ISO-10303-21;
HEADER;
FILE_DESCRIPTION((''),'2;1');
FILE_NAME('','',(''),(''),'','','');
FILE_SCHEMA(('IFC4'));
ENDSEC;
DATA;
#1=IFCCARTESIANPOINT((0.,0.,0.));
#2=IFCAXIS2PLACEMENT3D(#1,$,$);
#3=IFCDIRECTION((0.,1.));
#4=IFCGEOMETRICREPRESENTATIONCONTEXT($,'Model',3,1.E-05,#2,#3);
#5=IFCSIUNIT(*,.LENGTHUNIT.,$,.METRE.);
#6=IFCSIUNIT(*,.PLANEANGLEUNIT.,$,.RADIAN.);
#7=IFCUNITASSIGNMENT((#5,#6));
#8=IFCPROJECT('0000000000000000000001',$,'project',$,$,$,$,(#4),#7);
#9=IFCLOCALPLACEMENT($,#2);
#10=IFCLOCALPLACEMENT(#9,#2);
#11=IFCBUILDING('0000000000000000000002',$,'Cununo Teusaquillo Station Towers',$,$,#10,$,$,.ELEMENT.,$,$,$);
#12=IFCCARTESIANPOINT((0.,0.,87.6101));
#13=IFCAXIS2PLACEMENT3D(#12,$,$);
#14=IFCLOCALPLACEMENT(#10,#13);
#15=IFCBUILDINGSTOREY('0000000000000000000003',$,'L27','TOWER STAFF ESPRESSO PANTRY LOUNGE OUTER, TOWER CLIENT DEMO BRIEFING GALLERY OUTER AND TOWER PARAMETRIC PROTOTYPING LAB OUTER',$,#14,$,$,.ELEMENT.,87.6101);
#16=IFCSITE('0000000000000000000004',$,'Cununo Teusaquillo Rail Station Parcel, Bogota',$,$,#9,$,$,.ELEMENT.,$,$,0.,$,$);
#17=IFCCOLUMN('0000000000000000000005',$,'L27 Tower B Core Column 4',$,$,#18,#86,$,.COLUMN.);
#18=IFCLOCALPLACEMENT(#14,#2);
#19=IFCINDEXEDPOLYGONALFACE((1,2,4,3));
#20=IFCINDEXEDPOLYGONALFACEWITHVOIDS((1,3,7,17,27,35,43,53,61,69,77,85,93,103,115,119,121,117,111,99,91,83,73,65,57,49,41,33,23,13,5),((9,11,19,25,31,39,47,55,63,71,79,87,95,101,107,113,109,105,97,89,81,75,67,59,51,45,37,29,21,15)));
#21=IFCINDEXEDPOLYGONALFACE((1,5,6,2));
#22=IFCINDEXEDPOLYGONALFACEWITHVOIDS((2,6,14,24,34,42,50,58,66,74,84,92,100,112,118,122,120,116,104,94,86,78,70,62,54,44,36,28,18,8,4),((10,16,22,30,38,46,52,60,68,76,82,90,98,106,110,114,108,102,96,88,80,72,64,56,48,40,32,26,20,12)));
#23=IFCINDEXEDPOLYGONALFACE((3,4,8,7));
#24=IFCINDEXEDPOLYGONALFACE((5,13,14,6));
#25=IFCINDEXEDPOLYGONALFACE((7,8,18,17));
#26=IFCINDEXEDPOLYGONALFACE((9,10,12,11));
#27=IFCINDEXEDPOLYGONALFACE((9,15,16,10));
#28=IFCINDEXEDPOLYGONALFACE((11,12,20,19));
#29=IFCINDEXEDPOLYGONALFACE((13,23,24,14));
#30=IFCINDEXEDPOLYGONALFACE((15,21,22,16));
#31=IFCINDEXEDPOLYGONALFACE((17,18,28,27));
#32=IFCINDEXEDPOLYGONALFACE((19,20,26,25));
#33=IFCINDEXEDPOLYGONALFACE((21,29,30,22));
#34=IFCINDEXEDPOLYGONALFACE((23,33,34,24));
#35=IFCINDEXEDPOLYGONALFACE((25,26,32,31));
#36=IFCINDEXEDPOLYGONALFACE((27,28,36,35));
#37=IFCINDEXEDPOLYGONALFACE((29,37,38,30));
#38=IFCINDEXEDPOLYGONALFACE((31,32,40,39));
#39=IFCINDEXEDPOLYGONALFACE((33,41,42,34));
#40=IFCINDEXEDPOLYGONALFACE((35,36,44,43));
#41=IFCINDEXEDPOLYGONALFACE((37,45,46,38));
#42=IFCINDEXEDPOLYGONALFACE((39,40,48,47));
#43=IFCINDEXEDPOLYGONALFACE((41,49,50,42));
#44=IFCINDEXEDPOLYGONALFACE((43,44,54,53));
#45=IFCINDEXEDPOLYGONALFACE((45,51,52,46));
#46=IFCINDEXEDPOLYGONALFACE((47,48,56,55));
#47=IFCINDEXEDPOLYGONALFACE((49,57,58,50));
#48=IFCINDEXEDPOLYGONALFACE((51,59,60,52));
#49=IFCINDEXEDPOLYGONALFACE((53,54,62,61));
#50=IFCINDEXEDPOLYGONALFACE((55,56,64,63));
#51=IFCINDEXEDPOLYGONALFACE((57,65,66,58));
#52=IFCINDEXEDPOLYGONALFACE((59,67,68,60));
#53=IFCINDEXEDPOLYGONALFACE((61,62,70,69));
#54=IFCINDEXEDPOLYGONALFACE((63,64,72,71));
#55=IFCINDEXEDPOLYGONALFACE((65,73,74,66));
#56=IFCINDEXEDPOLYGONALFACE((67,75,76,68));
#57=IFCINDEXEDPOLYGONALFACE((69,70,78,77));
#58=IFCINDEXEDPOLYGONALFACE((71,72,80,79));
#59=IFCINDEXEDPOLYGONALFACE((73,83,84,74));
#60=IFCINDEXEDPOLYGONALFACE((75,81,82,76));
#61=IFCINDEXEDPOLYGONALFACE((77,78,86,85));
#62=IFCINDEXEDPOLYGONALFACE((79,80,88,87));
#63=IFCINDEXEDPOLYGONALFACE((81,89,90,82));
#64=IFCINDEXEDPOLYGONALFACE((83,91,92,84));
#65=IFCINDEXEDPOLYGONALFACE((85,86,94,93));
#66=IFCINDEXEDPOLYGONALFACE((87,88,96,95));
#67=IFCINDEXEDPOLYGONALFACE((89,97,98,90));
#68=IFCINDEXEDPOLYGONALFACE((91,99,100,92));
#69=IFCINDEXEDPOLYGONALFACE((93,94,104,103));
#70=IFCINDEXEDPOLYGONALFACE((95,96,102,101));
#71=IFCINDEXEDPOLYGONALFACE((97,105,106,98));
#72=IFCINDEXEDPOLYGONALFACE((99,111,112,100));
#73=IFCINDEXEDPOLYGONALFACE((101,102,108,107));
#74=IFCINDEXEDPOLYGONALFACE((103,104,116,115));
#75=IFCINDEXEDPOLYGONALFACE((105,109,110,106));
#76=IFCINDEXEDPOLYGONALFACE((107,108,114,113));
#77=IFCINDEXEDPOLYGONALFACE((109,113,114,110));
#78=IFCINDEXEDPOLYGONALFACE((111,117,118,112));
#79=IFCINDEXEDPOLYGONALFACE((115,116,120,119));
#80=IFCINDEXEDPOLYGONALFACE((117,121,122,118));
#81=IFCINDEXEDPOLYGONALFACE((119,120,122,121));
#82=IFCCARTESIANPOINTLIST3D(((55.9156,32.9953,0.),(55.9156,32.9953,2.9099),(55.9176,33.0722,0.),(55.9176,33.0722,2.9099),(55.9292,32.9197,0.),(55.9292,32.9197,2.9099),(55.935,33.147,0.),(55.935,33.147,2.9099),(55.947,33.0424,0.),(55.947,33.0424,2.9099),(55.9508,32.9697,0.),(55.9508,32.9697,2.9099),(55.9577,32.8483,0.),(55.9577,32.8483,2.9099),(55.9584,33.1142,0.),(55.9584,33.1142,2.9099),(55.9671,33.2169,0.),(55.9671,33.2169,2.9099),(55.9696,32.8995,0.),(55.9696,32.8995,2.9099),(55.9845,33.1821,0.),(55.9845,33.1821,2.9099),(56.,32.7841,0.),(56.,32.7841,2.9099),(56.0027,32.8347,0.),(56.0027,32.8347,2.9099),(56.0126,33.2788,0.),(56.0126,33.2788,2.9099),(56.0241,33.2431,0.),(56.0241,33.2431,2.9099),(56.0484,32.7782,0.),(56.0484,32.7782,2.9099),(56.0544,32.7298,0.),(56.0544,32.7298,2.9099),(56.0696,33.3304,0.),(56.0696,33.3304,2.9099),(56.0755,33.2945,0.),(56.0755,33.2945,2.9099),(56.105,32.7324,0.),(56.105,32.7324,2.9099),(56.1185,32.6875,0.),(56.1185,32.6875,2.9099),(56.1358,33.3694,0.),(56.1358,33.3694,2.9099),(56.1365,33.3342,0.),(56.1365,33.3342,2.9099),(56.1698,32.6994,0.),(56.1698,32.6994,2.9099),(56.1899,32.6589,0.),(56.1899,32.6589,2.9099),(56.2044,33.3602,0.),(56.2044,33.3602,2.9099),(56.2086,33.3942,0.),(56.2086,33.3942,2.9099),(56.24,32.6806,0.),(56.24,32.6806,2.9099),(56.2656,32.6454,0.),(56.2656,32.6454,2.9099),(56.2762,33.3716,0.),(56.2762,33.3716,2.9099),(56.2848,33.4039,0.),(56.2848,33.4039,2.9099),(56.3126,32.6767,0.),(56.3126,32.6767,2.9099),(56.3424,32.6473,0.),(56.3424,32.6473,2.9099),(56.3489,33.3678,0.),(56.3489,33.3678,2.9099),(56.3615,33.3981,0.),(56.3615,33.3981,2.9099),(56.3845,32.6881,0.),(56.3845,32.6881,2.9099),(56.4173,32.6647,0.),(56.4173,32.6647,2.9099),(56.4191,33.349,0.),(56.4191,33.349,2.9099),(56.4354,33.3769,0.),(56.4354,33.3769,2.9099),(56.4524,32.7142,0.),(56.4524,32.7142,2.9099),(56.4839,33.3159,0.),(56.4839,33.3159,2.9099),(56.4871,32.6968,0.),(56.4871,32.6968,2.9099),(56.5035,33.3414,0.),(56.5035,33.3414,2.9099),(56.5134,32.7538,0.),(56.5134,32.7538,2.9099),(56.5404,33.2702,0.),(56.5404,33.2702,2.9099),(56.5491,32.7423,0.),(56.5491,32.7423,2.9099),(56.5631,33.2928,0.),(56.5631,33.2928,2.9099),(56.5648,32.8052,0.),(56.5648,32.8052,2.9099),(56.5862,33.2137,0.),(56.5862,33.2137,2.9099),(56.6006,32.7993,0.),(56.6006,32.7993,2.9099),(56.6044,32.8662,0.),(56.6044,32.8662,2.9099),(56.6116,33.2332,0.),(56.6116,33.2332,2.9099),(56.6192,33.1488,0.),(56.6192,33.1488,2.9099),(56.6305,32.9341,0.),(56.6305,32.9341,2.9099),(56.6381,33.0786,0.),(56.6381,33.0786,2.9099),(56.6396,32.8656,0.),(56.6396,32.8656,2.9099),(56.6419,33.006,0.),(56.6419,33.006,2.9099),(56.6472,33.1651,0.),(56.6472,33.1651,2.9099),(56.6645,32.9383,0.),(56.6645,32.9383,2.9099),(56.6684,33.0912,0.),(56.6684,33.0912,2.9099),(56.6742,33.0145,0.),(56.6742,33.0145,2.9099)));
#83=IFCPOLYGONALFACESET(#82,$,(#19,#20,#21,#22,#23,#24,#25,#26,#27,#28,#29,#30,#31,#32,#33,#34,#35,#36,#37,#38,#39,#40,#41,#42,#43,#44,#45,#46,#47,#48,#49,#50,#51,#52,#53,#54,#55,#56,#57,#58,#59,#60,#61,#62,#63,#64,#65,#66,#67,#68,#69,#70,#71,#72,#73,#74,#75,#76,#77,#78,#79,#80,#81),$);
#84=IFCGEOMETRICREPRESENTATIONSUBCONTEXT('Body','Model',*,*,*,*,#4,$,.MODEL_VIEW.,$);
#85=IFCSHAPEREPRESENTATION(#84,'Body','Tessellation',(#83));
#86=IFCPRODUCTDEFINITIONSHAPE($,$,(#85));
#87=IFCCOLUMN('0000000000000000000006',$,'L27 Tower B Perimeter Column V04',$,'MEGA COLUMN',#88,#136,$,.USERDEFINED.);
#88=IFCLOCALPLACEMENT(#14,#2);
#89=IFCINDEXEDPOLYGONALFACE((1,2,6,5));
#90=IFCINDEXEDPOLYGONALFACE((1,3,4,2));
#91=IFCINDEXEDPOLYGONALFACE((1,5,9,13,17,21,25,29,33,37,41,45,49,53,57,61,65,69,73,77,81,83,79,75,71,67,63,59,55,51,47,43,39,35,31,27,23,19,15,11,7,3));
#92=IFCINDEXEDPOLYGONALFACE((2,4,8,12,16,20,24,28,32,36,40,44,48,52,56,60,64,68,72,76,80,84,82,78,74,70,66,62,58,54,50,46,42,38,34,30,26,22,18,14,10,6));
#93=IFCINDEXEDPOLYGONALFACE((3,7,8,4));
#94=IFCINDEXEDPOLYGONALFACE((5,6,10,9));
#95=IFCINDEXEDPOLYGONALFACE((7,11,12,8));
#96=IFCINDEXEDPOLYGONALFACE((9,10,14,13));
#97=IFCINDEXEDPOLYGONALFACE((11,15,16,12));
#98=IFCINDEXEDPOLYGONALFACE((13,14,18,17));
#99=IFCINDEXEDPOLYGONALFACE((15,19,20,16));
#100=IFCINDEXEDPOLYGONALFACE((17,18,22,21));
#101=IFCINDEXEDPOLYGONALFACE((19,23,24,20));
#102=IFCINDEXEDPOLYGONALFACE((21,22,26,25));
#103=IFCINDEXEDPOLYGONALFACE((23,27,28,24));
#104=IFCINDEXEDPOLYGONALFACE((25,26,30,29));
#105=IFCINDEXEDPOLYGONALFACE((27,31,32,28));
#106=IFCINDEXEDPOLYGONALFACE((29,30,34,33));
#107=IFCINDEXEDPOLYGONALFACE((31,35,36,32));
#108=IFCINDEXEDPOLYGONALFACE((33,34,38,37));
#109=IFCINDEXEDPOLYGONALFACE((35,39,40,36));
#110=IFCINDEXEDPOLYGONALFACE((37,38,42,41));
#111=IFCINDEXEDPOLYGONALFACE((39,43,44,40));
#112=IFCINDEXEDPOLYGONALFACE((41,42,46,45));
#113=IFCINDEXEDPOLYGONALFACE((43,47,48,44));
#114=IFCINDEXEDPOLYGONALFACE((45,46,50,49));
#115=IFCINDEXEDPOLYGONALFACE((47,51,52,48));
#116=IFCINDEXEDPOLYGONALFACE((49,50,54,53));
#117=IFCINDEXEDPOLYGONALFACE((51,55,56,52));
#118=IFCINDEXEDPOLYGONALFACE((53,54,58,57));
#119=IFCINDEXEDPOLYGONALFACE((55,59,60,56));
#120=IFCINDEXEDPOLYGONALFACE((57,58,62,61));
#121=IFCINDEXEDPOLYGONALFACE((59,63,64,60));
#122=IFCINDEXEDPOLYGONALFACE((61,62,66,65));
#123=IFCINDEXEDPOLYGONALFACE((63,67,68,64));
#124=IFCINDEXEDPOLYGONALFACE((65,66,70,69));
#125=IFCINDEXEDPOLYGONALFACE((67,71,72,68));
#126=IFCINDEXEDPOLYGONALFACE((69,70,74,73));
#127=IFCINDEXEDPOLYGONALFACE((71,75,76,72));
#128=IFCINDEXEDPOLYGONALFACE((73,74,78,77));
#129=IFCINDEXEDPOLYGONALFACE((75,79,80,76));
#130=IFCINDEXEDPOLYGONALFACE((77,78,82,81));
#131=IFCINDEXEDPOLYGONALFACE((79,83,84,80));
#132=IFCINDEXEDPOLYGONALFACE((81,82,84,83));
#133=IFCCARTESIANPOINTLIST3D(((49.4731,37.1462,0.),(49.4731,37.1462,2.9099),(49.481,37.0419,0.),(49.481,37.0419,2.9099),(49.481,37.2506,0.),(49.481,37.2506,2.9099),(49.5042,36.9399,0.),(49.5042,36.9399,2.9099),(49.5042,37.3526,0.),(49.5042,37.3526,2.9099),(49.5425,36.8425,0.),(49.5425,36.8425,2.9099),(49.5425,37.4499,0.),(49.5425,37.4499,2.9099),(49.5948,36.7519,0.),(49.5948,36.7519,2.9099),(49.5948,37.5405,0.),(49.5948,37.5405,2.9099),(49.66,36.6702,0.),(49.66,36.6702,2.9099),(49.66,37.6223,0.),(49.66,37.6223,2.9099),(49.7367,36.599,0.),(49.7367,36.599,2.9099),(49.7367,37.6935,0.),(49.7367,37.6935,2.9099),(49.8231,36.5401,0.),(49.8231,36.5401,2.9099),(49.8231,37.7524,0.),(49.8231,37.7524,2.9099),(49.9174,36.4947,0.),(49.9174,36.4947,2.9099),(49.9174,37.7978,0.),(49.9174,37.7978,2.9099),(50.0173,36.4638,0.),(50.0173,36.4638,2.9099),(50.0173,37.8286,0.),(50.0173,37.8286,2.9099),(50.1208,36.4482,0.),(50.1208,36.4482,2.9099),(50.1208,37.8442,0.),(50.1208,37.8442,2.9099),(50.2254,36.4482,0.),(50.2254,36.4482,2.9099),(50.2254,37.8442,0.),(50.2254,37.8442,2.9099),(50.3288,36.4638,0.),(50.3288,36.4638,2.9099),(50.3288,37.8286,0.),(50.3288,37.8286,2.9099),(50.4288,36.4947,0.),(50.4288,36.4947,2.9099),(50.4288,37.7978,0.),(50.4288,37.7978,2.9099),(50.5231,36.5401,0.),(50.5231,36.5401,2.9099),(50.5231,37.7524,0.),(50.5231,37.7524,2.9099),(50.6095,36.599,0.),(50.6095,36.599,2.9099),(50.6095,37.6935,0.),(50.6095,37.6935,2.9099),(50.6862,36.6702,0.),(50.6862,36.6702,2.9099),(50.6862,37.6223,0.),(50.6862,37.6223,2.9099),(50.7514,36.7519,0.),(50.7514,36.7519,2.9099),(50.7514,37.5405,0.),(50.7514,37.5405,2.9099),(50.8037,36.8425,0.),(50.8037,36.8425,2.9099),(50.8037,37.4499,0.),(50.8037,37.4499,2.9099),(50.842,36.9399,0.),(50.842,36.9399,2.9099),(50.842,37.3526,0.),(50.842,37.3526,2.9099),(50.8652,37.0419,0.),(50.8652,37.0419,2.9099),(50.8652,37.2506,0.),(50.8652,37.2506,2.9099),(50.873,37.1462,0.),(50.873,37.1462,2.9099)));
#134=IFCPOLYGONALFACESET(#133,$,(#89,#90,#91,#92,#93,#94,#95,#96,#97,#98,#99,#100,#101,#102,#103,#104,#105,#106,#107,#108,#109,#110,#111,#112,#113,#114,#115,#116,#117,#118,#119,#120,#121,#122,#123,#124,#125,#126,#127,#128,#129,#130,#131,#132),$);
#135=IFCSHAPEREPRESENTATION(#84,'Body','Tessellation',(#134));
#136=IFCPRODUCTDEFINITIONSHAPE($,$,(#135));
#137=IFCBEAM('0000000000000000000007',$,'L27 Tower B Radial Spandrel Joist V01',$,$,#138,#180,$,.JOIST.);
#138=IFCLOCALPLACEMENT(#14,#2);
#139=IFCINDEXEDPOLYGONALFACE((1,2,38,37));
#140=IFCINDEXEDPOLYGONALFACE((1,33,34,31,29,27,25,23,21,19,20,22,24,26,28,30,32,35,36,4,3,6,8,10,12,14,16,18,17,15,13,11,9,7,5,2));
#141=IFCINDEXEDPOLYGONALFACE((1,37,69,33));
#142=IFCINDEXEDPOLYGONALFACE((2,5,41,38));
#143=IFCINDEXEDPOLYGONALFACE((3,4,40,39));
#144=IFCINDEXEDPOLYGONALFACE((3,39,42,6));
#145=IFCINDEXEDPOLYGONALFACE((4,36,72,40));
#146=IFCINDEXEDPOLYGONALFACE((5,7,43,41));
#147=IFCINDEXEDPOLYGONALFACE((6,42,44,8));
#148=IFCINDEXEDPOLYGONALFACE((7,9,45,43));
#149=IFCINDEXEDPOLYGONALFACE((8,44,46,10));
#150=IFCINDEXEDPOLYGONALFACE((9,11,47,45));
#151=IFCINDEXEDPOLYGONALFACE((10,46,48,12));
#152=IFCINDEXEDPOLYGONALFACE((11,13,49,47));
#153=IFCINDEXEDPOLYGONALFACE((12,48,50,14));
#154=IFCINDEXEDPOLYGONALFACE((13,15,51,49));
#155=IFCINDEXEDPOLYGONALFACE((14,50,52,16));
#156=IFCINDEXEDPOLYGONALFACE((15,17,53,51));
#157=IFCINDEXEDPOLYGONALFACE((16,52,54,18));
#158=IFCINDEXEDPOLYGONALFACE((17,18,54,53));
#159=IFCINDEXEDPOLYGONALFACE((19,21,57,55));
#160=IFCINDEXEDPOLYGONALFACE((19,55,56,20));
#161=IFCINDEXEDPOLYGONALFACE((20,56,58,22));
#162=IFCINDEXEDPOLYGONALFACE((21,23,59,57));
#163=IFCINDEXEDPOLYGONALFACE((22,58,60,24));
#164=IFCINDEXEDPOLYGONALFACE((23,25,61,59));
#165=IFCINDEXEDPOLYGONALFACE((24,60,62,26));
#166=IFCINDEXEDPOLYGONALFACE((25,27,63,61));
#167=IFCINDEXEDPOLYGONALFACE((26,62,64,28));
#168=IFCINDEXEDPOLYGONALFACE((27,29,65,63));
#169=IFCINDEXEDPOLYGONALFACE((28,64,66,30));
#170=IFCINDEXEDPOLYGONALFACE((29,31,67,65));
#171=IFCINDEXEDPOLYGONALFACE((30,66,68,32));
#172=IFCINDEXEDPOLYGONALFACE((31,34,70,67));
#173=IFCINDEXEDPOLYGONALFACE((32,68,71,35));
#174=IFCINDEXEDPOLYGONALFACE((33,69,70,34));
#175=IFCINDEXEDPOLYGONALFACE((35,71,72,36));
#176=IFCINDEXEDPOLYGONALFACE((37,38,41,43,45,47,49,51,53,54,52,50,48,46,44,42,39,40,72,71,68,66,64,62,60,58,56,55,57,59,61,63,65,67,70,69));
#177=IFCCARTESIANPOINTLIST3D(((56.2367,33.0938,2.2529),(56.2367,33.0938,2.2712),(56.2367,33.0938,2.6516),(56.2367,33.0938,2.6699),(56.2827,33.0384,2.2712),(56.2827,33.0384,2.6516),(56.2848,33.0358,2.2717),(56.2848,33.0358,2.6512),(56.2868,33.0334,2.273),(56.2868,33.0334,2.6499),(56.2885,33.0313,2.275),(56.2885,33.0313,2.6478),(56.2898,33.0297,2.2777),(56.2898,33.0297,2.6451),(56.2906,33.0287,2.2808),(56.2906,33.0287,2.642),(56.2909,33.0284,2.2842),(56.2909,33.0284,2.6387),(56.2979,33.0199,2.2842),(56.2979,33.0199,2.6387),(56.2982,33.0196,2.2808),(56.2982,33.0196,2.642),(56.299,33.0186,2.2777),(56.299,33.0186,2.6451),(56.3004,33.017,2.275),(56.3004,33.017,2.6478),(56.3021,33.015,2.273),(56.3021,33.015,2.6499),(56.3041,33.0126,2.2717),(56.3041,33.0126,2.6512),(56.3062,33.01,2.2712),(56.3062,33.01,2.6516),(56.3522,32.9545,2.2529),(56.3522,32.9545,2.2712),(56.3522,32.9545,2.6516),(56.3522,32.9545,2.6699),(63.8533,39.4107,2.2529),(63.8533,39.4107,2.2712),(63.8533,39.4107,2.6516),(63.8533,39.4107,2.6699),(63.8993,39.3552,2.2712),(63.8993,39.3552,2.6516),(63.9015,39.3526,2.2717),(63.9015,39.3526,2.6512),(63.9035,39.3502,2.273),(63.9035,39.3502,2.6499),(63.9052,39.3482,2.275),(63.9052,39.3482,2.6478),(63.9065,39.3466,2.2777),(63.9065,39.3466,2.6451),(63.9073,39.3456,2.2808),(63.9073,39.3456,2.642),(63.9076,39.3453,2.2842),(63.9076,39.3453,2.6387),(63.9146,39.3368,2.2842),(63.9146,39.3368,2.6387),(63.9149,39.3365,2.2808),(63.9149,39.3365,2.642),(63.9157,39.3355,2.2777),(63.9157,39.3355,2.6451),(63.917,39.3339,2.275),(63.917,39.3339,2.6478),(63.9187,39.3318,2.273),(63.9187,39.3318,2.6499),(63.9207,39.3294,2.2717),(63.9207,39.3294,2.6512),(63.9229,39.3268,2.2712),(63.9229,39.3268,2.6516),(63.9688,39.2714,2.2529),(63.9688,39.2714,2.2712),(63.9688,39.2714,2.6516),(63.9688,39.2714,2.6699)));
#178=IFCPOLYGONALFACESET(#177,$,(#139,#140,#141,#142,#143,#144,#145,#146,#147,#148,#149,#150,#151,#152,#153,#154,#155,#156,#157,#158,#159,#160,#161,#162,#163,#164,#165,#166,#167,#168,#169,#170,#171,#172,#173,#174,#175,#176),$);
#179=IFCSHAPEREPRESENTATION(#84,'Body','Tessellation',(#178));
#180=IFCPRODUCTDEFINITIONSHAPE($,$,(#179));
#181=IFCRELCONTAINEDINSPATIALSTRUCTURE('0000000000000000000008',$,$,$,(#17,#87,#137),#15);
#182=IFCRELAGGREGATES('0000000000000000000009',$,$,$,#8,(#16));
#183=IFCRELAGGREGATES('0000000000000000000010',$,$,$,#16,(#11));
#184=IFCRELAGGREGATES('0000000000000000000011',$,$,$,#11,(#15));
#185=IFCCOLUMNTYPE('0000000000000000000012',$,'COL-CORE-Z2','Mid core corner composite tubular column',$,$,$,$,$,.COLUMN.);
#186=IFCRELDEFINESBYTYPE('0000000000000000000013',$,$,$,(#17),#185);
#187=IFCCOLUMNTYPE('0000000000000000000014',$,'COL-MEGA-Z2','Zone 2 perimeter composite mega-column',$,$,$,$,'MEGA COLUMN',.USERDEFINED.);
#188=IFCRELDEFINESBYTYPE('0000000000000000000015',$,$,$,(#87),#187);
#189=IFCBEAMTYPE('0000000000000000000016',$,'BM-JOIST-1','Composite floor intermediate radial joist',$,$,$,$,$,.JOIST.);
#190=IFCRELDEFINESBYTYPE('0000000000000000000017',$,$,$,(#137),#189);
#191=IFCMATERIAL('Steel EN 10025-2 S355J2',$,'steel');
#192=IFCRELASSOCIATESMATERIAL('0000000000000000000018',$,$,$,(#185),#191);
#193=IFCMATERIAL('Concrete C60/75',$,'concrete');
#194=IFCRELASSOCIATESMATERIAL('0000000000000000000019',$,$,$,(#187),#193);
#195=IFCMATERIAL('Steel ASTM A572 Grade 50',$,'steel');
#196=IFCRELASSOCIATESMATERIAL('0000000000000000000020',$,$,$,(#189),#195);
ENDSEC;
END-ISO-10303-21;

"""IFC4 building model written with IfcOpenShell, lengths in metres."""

from ifc_helpers import new_model, si_unit, direction, frame, origin, origin_2d, place, context, subcontext, project, spatial, circle, hollow_circle, i_section, extrude, material, material_profile, profile_set, type_object, element, save


model = new_model("IFC4")

# Units and contexts
model_context = context("Model", 3, precision=1e-05, world=origin(), true_north=direction((0.0, 1.0)))
body_context = subcontext(model_context, "Body", "Model", "MODEL_VIEW")
ifc_project = project(units=[si_unit("LENGTHUNIT", "METRE"), si_unit("PLANEANGLEUNIT", "RADIAN")], contexts=[model_context])

# Site, building, storey
site_placement = place(None, origin())
site = spatial("IfcSite", under=ifc_project, at=site_placement, Name="Cununo Teusaquillo Rail Station Parcel, Bogota", CompositionType="ELEMENT", RefElevation=0.0)
building_placement = place(site_placement, origin())
building = spatial("IfcBuilding", under=site, at=building_placement, Name="Cununo Teusaquillo Station Towers", CompositionType="ELEMENT")
storey_placement = place(building_placement, frame((0.0, 0.0, 87.6101)))
storey = spatial("IfcBuildingStorey", under=building, at=storey_placement, Name="L27", Description="TOWER STAFF ESPRESSO PANTRY LOUNGE OUTER, TOWER CLIENT DEMO BRIEFING GALLERY OUTER AND TOWER PARAMETRIC PROTOTYPING LAB OUTER", CompositionType="ELEMENT", Elevation=87.6101)

# Columns
ifc_material_1 = material(Name="Steel EN 10025-2 S355J2", Category="steel")
ifc_material_profile_1 = material_profile(ifc_material_1, hollow_circle(Radius=0.3799, WallThickness=0.032, at=origin_2d()), Name="CHS 760x32")
ifc_profile_set_1 = profile_set([ifc_material_profile_1], Name="Steel EN 10025-2 S355J2")
column_type_1 = type_object("IfcColumnType", Name="COL-CORE-Z2", Description="Mid core corner composite tubular column", PredefinedType="COLUMN", material=ifc_profile_set_1)
column_1_placement = place(storey_placement, frame((56.2944, 33.0242, 0.0), z_axis=(0.0, 0.0, 1.0), x_axis=(0.707107, 0.707107, 0.0)))
element("IfcColumn", 1, at=column_1_placement, inside=storey, type_object=column_type_1, Name="L27 Tower B Core Column 4", PredefinedType="COLUMN", context=body_context, shape_type="SweptSolid", body=[
    extrude(hollow_circle(Radius=0.3799, WallThickness=0.032, at=origin_2d()), origin(), (0.0, 0.0, 1.0), 2.9099),
])
ifc_material_2 = material(Name="Concrete C60/75", Category="concrete")
ifc_material_profile_2 = material_profile(ifc_material_2, circle(Radius=0.7, at=origin_2d()), Name="RC-CIRC-1400")
ifc_profile_set_2 = profile_set([ifc_material_profile_2], Name="Concrete C60/75")
column_type_2 = type_object("IfcColumnType", Name="COL-MEGA-Z2", Description="Zone 2 perimeter composite mega-column", ElementType="MEGA COLUMN", PredefinedType="USERDEFINED", material=ifc_profile_set_2)
column_2_placement = place(storey_placement, frame((50.1731, 37.1462, 0.0), z_axis=(0.0, 0.0, 1.0), x_axis=(1.0, 0.0, 0.0)))
element("IfcColumn", 2, at=column_2_placement, inside=storey, type_object=column_type_2, Name="L27 Tower B Perimeter Column V04", ObjectType="MEGA COLUMN", PredefinedType="USERDEFINED", context=body_context, shape_type="SweptSolid", body=[
    extrude(circle(Radius=0.7, at=origin_2d()), origin(), (0.0, 0.0, 1.0), 2.9099),
])

# Beam
ifc_material_3 = material(Name="Steel ASTM A572 Grade 50", Category="steel")
ifc_material_profile_3 = material_profile(ifc_material_3, i_section(OverallWidth=0.1809, OverallDepth=0.417, WebThickness=0.011, FlangeThickness=0.0183, FilletRadius=0.0129, at=origin_2d()), Name="W16X57")
ifc_profile_set_3 = profile_set([ifc_material_profile_3], Name="Steel ASTM A572 Grade 50")
beam_type_1 = type_object("IfcBeamType", Name="BM-JOIST-1", Description="Composite floor intermediate radial joist", PredefinedType="JOIST", material=ifc_profile_set_3)
beam_1_placement = place(storey_placement, frame((56.2944, 33.0242, 2.4614), z_axis=(0.769728, 0.638372, 0.0), x_axis=(-0.638372, 0.769728, 0.0)))
element("IfcBeam", 3, at=beam_1_placement, inside=storey, type_object=beam_type_1, Name="L27 Tower B Radial Spandrel Joist V01", PredefinedType="JOIST", context=body_context, shape_type="SweptSolid", body=[
    extrude(i_section(OverallWidth=0.1809, OverallDepth=0.417, WebThickness=0.011, FlangeThickness=0.0183, FilletRadius=0.0129, at=origin_2d()), origin(), (0.0, 0.0, 1.0), 9.8953),
])

save(model, "model.ifc")
